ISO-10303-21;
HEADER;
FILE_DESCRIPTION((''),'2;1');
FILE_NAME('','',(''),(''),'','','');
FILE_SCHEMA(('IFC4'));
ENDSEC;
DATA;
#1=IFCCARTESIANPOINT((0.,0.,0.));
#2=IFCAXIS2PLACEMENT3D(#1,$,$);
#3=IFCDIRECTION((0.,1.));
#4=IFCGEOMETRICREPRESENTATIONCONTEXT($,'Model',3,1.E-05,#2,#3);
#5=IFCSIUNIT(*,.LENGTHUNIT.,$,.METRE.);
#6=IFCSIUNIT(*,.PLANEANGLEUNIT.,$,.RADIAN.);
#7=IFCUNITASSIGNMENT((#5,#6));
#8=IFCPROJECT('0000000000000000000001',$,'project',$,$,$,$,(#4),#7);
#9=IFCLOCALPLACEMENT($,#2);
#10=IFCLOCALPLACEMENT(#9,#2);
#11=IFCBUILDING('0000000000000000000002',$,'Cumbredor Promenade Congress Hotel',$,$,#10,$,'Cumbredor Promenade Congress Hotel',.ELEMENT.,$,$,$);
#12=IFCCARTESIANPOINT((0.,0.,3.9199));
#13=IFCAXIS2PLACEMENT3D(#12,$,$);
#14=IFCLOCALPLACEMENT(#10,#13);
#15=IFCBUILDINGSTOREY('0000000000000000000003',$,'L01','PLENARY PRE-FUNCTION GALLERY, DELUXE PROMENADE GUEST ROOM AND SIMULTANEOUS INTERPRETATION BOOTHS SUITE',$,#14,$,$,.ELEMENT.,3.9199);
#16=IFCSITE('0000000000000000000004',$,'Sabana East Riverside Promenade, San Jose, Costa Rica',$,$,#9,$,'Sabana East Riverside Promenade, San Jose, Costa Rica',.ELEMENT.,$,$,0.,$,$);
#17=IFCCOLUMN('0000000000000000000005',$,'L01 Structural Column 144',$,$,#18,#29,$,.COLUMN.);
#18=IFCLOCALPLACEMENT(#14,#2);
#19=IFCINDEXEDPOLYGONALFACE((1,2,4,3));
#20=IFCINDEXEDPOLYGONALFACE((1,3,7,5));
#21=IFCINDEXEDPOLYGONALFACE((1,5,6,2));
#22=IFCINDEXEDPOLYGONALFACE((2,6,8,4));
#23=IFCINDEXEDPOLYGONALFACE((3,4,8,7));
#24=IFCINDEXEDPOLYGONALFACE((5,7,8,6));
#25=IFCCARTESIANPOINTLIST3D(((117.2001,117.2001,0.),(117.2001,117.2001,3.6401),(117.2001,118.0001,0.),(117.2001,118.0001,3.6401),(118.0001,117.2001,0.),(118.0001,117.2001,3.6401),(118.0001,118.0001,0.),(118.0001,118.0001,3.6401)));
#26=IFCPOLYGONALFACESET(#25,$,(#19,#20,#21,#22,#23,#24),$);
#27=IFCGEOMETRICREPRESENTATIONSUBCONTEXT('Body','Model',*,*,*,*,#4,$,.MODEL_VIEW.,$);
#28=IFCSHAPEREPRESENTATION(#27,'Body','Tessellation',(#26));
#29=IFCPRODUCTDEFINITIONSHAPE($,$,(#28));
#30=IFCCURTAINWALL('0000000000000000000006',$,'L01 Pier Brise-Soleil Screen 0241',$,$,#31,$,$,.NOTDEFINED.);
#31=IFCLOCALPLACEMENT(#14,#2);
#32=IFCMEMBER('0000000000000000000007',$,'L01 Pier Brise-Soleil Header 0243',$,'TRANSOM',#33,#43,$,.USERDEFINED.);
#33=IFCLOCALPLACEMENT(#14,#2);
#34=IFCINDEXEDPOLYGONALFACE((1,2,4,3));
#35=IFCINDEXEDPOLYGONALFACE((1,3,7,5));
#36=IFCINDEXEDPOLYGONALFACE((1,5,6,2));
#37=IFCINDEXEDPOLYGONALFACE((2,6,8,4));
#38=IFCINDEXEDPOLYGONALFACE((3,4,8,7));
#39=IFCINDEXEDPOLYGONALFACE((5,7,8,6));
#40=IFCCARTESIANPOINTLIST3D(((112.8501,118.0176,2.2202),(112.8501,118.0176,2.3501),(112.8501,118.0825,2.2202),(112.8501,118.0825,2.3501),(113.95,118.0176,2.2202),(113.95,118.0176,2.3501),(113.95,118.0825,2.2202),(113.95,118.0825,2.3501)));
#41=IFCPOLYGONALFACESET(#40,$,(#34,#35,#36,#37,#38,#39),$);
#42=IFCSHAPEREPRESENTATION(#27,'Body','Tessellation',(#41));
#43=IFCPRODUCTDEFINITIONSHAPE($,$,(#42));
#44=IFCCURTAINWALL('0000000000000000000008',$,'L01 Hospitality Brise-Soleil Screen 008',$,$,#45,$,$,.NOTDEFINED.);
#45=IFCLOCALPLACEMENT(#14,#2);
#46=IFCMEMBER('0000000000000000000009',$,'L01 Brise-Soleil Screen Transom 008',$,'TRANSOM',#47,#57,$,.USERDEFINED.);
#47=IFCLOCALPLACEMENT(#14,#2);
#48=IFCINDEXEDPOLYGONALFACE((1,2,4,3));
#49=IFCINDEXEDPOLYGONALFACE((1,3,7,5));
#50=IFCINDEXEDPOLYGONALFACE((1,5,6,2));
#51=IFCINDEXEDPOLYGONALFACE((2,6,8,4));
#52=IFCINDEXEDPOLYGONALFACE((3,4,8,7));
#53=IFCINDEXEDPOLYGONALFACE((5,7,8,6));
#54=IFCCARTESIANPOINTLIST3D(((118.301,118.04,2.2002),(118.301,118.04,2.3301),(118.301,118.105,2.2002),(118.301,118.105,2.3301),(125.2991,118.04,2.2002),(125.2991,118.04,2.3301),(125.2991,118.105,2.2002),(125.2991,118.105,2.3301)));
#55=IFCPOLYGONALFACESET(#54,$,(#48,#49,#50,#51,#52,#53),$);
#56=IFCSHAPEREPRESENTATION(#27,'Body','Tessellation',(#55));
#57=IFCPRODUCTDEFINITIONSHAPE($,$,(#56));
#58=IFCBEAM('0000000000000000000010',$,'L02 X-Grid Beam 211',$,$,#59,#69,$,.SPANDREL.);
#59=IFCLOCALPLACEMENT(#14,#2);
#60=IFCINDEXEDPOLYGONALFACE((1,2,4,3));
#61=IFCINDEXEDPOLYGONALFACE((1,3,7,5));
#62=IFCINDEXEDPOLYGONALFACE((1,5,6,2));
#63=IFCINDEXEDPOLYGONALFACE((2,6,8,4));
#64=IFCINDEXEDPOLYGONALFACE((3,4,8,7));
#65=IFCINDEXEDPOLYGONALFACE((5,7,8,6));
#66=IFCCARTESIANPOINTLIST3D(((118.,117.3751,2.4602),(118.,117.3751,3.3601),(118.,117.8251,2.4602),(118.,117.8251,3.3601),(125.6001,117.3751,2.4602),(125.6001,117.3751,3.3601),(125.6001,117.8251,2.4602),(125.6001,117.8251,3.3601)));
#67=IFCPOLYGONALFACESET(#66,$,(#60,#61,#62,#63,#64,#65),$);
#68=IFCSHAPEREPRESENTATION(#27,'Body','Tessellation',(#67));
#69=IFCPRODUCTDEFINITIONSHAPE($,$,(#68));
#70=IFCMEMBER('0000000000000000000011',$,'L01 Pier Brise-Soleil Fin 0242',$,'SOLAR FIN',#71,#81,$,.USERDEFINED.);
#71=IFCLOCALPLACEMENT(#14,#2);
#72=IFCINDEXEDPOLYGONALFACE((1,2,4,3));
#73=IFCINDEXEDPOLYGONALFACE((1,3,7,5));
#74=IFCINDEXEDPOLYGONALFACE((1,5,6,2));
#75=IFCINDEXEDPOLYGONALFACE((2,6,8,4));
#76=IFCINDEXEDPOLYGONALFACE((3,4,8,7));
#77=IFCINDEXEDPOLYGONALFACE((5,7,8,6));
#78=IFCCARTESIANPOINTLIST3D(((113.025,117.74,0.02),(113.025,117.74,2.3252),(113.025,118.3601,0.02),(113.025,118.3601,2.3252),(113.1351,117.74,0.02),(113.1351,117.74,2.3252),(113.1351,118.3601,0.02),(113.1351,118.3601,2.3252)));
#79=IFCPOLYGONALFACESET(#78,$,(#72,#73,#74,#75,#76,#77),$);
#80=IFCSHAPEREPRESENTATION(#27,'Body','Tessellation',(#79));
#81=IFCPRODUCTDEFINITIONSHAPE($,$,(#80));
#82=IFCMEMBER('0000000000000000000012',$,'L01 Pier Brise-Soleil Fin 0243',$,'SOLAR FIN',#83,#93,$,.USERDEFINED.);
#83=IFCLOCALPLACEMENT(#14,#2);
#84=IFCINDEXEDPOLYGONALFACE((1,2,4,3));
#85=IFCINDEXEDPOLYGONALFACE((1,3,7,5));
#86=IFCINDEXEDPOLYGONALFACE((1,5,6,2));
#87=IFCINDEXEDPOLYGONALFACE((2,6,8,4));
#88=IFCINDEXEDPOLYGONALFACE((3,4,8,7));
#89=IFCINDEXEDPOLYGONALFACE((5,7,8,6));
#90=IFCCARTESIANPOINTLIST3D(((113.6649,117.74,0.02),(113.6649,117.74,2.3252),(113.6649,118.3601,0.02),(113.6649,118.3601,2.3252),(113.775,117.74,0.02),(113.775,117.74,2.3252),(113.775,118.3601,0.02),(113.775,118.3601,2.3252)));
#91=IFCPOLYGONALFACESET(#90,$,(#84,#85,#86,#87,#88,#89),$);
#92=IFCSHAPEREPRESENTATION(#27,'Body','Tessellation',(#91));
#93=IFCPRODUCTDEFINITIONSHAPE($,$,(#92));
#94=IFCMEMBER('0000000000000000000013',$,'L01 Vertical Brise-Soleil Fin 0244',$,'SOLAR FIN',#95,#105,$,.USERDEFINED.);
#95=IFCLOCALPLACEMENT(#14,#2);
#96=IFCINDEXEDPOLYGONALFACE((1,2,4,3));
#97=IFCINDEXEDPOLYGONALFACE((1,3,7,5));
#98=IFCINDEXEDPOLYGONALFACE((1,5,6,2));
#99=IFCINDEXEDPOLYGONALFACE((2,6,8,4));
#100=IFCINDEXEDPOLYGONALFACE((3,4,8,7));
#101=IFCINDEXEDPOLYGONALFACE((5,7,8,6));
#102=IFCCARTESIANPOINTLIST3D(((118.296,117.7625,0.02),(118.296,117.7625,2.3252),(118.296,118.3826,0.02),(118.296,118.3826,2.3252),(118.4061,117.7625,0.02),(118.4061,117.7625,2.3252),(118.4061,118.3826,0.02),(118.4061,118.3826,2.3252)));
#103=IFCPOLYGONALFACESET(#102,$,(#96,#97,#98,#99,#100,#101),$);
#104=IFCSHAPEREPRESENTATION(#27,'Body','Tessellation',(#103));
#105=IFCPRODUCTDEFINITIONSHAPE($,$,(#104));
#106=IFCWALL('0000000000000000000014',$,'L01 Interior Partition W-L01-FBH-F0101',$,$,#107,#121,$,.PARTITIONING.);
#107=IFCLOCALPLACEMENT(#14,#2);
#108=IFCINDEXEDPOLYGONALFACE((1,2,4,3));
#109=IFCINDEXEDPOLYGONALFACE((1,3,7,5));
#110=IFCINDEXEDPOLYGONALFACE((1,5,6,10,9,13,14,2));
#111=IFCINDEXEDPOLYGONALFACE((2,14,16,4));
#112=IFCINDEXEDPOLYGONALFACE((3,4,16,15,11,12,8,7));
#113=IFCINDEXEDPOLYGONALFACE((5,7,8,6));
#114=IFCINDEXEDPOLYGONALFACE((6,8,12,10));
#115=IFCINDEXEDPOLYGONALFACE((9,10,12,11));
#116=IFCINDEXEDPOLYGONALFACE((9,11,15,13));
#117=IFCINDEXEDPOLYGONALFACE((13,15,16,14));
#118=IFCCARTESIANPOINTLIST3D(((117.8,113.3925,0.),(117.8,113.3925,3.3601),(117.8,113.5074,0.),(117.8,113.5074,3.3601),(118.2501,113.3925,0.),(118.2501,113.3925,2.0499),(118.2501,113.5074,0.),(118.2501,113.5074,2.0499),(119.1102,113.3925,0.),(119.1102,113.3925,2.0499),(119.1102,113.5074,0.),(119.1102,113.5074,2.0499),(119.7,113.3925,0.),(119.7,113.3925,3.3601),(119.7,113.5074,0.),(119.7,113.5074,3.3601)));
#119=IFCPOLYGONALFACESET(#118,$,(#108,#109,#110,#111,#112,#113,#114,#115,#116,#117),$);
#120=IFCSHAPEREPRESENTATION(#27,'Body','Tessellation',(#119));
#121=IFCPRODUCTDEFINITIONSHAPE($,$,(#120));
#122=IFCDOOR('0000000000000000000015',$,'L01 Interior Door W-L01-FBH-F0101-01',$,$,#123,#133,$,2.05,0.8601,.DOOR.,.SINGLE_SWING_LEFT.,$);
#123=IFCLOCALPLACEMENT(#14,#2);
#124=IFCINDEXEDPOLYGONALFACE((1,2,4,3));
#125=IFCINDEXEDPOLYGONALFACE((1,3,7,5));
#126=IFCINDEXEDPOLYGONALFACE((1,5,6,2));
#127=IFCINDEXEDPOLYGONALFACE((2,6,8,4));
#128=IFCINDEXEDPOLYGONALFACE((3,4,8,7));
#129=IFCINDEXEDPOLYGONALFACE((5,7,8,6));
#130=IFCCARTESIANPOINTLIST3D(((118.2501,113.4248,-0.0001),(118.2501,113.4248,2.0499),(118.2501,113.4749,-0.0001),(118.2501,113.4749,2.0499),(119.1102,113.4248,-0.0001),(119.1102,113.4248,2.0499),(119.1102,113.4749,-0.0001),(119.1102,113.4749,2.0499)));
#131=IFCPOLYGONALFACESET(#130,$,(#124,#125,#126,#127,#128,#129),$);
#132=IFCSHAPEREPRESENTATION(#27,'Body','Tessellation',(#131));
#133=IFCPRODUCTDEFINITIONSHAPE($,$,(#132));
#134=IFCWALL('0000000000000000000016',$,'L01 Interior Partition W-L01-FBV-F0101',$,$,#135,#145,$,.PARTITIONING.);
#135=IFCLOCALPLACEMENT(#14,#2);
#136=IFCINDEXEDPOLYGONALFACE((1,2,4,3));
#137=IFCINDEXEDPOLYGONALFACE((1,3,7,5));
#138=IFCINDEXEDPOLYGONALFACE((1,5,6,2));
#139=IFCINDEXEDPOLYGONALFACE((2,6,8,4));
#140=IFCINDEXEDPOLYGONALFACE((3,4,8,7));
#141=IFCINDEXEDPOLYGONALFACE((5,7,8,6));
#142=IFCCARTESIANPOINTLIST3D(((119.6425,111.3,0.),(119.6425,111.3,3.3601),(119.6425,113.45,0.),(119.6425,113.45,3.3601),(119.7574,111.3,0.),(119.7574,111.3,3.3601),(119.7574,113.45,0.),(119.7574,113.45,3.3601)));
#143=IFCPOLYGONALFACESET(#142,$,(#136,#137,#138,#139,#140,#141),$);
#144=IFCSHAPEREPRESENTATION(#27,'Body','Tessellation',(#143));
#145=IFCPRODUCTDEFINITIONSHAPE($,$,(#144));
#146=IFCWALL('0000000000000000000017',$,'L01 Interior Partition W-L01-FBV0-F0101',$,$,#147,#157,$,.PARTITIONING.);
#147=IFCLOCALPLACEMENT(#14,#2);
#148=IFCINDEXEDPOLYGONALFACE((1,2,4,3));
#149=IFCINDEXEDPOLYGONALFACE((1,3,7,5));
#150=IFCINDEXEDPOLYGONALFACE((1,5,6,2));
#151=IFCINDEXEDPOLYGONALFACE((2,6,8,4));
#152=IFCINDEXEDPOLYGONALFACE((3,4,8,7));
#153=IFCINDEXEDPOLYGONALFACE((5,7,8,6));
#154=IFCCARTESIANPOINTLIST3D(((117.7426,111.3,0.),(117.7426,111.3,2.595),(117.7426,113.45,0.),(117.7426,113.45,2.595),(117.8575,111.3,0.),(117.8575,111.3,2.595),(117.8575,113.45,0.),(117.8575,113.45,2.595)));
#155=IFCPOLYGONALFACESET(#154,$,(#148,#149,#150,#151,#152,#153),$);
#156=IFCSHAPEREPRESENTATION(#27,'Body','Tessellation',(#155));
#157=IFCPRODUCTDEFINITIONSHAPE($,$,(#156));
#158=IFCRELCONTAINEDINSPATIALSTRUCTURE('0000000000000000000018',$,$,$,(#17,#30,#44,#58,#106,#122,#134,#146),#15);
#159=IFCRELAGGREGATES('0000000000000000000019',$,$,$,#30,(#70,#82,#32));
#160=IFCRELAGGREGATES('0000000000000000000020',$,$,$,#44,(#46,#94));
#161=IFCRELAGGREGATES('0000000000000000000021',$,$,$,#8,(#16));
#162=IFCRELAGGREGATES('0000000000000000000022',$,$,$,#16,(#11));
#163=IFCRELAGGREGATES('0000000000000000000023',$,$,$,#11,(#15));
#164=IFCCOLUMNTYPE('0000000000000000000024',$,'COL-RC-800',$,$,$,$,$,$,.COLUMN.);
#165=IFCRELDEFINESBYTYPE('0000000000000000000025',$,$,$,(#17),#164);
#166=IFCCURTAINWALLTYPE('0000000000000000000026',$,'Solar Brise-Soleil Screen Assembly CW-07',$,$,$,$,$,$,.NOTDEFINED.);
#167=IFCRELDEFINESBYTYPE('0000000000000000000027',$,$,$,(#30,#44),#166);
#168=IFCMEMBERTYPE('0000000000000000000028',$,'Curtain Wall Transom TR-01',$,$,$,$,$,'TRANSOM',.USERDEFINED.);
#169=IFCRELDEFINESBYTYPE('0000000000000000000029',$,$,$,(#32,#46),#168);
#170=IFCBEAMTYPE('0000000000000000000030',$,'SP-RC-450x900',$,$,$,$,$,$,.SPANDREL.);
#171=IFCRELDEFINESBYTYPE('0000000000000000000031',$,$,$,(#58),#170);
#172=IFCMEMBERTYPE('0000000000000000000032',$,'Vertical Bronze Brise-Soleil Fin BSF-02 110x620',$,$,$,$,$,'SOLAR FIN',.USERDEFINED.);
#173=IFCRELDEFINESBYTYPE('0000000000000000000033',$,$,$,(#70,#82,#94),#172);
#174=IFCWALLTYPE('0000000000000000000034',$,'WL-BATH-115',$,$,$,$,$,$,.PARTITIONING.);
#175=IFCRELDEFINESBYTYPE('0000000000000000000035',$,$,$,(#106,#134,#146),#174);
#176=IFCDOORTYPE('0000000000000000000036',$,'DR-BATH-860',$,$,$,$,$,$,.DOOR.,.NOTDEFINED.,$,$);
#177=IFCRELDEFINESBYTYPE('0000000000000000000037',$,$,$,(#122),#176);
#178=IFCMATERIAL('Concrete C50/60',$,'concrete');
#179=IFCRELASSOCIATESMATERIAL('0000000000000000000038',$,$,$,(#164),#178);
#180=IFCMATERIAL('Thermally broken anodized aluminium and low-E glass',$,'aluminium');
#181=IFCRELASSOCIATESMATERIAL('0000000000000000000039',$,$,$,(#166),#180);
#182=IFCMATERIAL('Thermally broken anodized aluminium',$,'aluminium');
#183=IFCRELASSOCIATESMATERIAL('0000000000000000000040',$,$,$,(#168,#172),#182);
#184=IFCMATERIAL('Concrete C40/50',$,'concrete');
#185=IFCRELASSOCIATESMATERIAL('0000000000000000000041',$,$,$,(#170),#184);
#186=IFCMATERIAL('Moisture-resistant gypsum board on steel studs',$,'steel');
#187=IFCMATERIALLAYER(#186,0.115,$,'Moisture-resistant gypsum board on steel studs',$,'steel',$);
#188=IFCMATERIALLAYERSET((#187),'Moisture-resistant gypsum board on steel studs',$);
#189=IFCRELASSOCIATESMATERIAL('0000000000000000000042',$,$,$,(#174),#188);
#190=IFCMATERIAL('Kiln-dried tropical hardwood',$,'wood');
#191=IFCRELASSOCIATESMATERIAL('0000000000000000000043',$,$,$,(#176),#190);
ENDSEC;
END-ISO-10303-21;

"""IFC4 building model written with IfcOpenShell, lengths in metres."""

from ifc_helpers import new_model, si_unit, direction, frame, frame_2d, origin, origin_2d, place, context, subcontext, project, spatial, rectangle, extrude, material, layer, layer_set, material_profile, profile_set, type_object, element, fill, aggregate, save


model = new_model("IFC4")

# Units and contexts
model_context = context("Model", 3, precision=1e-05, world=origin(), true_north=direction((0.0, 1.0)))
body_context = subcontext(model_context, "Body", "Model", "MODEL_VIEW")
ifc_project = project(units=[si_unit("LENGTHUNIT", "METRE"), si_unit("PLANEANGLEUNIT", "RADIAN")], contexts=[model_context])

# Site, building, storey
site_placement = place(None, origin())
site = spatial("IfcSite", under=ifc_project, at=site_placement, Name="Sabana East Riverside Promenade, San Jose, Costa Rica", LongName="Sabana East Riverside Promenade, San Jose, Costa Rica", CompositionType="ELEMENT", RefElevation=0.0)
building_placement = place(site_placement, origin())
building = spatial("IfcBuilding", under=site, at=building_placement, Name="Cumbredor Promenade Congress Hotel", LongName="Cumbredor Promenade Congress Hotel", CompositionType="ELEMENT")
storey_placement = place(building_placement, frame((0.0, 0.0, 3.9199)))
storey = spatial("IfcBuildingStorey", under=building, at=storey_placement, Name="L01", Description="PLENARY PRE-FUNCTION GALLERY, DELUXE PROMENADE GUEST ROOM AND SIMULTANEOUS INTERPRETATION BOOTHS SUITE", CompositionType="ELEMENT", Elevation=3.9199)

# Column
ifc_material_1 = material(Name="Concrete C50/60", Category="concrete")
ifc_material_profile_1 = material_profile(ifc_material_1, rectangle(XDim=0.8, YDim=0.8, at=origin_2d()), Name="RC 800x800")
ifc_profile_set_1 = profile_set([ifc_material_profile_1], Name="Concrete C50/60")
column_type = type_object("IfcColumnType", Name="COL-RC-800", PredefinedType="COLUMN", material=ifc_profile_set_1)
column_placement = place(storey_placement, frame((117.6001, 117.6001, 0.0), z_axis=(0.0, 0.0, 1.0), x_axis=(1.0, 0.0, 0.0)))
element("IfcColumn", 1, at=column_placement, inside=storey, type_object=column_type, Name="L01 Structural Column 144", PredefinedType="COLUMN", context=body_context, shape_type="SweptSolid", body=[
    extrude(rectangle(XDim=0.8, YDim=0.8, at=origin_2d()), origin(), (0.0, 0.0, 1.0), 3.6401),
])

# Curtain walls, members
ifc_material_2 = material(Name="Thermally broken anodized aluminium and low-E glass", Category="aluminium")
curtain_wall_type = type_object("IfcCurtainWallType", Name="Solar Brise-Soleil Screen Assembly CW-07", PredefinedType="NOTDEFINED", material=ifc_material_2)
curtain_wall_1_placement = place(storey_placement, origin())
curtain_wall_1 = element("IfcCurtainWall", 2, at=curtain_wall_1_placement, inside=storey, type_object=curtain_wall_type, Name="L01 Pier Brise-Soleil Screen 0241", PredefinedType="NOTDEFINED")
ifc_material_3 = material(Name="Thermally broken anodized aluminium", Category="aluminium")
ifc_material_profile_2 = material_profile(ifc_material_3, rectangle(XDim=0.0649, YDim=0.1299, at=origin_2d()), Name="ALU TRANSOM 65x130")
ifc_profile_set_2 = profile_set([ifc_material_profile_2], Name="Thermally broken anodized aluminium")
member_type_1 = type_object("IfcMemberType", Name="Curtain Wall Transom TR-01", ElementType="TRANSOM", PredefinedType="USERDEFINED", material=ifc_profile_set_2)
member_1_placement = place(storey_placement, frame((112.8501, 118.05, 2.2852), z_axis=(1.0, 0.0, 0.0), x_axis=(0.0, 1.0, 0.0)))
member_1 = element("IfcMember", 3, at=member_1_placement, type_object=member_type_1, Name="L01 Pier Brise-Soleil Header 0243", ObjectType="TRANSOM", PredefinedType="USERDEFINED", context=body_context, shape_type="SweptSolid", body=[
    extrude(rectangle(XDim=0.0649, YDim=0.1299, at=origin_2d()), origin(), (0.0, 0.0, 1.0), 1.0999),
])
curtain_wall_2_placement = place(storey_placement, origin())
curtain_wall_2 = element("IfcCurtainWall", 4, at=curtain_wall_2_placement, inside=storey, type_object=curtain_wall_type, Name="L01 Hospitality Brise-Soleil Screen 008", PredefinedType="NOTDEFINED")
member_2_placement = place(storey_placement, frame((118.301, 118.0725, 2.2651), z_axis=(1.0, 0.0, 0.0), x_axis=(0.0, 1.0, 0.0)))
member_2 = element("IfcMember", 5, at=member_2_placement, type_object=member_type_1, Name="L01 Brise-Soleil Screen Transom 008", ObjectType="TRANSOM", PredefinedType="USERDEFINED", context=body_context, shape_type="SweptSolid", body=[
    extrude(rectangle(XDim=0.0649, YDim=0.1299, at=origin_2d()), origin(), (0.0, 0.0, 1.0), 6.998),
])

# Beam
ifc_material_4 = material(Name="Concrete C40/50", Category="concrete")
ifc_material_profile_3 = material_profile(ifc_material_4, rectangle(XDim=0.45, YDim=0.8999, at=origin_2d()), Name="RC SPANDREL 450x900")
ifc_profile_set_3 = profile_set([ifc_material_profile_3], Name="Concrete C40/50")
beam_type = type_object("IfcBeamType", Name="SP-RC-450x900", PredefinedType="SPANDREL", material=ifc_profile_set_3)
beam_placement = place(storey_placement, frame((118.0, 117.6001, 2.9102), z_axis=(1.0, 0.0, 0.0), x_axis=(0.0, 1.0, 0.0)))
element("IfcBeam", 6, at=beam_placement, inside=storey, type_object=beam_type, Name="L02 X-Grid Beam 211", PredefinedType="SPANDREL", context=body_context, shape_type="SweptSolid", body=[
    extrude(rectangle(XDim=0.45, YDim=0.8999, at=origin_2d()), origin(), (0.0, 0.0, 1.0), 7.6001),
])

# Members
ifc_material_profile_4 = material_profile(ifc_material_3, rectangle(XDim=0.1101, YDim=0.6201, at=origin_2d()), Name="ARCH FIN 110x620")
ifc_profile_set_4 = profile_set([ifc_material_profile_4], Name="Thermally broken anodized aluminium")
member_type_2 = type_object("IfcMemberType", Name="Vertical Bronze Brise-Soleil Fin BSF-02 110x620", ElementType="SOLAR FIN", PredefinedType="USERDEFINED", material=ifc_profile_set_4)
member_3_placement = place(storey_placement, frame((113.0801, 118.05, 0.02), z_axis=(0.0, 0.0, 1.0), x_axis=(1.0, 0.0, 0.0)))
member_3 = element("IfcMember", 7, at=member_3_placement, type_object=member_type_2, Name="L01 Pier Brise-Soleil Fin 0242", ObjectType="SOLAR FIN", PredefinedType="USERDEFINED", context=body_context, shape_type="SweptSolid", body=[
    extrude(rectangle(XDim=0.1101, YDim=0.6201, at=origin_2d()), origin(), (0.0, 0.0, 1.0), 2.3052),
])
member_4_placement = place(storey_placement, frame((113.72, 118.05, 0.02), z_axis=(0.0, 0.0, 1.0), x_axis=(1.0, 0.0, 0.0)))
member_4 = element("IfcMember", 8, at=member_4_placement, type_object=member_type_2, Name="L01 Pier Brise-Soleil Fin 0243", ObjectType="SOLAR FIN", PredefinedType="USERDEFINED", context=body_context, shape_type="SweptSolid", body=[
    extrude(rectangle(XDim=0.1101, YDim=0.6201, at=origin_2d()), origin(), (0.0, 0.0, 1.0), 2.3052),
])
aggregate(curtain_wall_1, [member_3, member_4, member_1])
member_5_placement = place(storey_placement, frame((118.3511, 118.0725, 0.02), z_axis=(0.0, 0.0, 1.0), x_axis=(1.0, 0.0, 0.0)))
member_5 = element("IfcMember", 9, at=member_5_placement, type_object=member_type_2, Name="L01 Vertical Brise-Soleil Fin 0244", ObjectType="SOLAR FIN", PredefinedType="USERDEFINED", context=body_context, shape_type="SweptSolid", body=[
    extrude(rectangle(XDim=0.1101, YDim=0.6201, at=origin_2d()), origin(), (0.0, 0.0, 1.0), 2.3052),
])
aggregate(curtain_wall_2, [member_2, member_5])

# Wall, opening, door
ifc_material_5 = material(Name="Moisture-resistant gypsum board on steel studs", Category="steel")
ifc_layer_1 = layer(ifc_material_5, 0.115, Name="Moisture-resistant gypsum board on steel studs", Category="steel")
ifc_layer_set_1 = layer_set([ifc_layer_1], Name="Moisture-resistant gypsum board on steel studs")
wall_type_1 = type_object("IfcWallType", Name="WL-BATH-115", PredefinedType="PARTITIONING", material=ifc_layer_set_1)
wall_1_placement = place(storey_placement, frame((117.8, 113.45, 0.0), z_axis=(0.0, 0.0, 1.0), x_axis=(1.0, 0.0, 0.0)))
wall_1 = element("IfcWall", 10, at=wall_1_placement, inside=storey, type_object=wall_type_1, Name="L01 Interior Partition W-L01-FBH-F0101", PredefinedType="PARTITIONING", context=body_context, shape_type="SweptSolid", body=[
    extrude(rectangle(XDim=1.8999, YDim=0.115, at=frame_2d((0.95, 0.0))), origin(), (0.0, 0.0, 1.0), 3.3601),
])
opening_1_placement = place(wall_1_placement, frame((0.45, 0.0, 0.0)))
opening_1 = element("IfcOpeningElement", 11, at=opening_1_placement, cuts=wall_1, PredefinedType="OPENING", context=body_context, shape_type="SweptSolid", body=[
    extrude(rectangle(XDim=0.8601, YDim=2.05, at=frame_2d((0.4302, 1.0249))), frame((0.0, 0.0674, 0.0), z_axis=(0.0, -1.0, 0.0), x_axis=(1.0, 0.0, 0.0)), (0.0, 0.0, 1.0), 0.135),
])
ifc_material_6 = material(Name="Kiln-dried tropical hardwood", Category="wood")
door_type = type_object("IfcDoorType", Name="DR-BATH-860", OperationType="NOTDEFINED", PredefinedType="DOOR", material=ifc_material_6)
door_placement = place(opening_1_placement, origin())
door = element("IfcDoor", 12, at=door_placement, inside=storey, type_object=door_type, Name="L01 Interior Door W-L01-FBH-F0101-01", OperationType="SINGLE_SWING_LEFT", OverallHeight=2.05, OverallWidth=0.8601, PredefinedType="DOOR", context=body_context, shape_type="SweptSolid", body=[
    extrude(rectangle(XDim=0.8601, YDim=2.05, at=frame_2d((0.4302, 1.0249))), frame((0.0, 0.0249, 0.0), z_axis=(0.0, -1.0, 0.0), x_axis=(1.0, 0.0, 0.0)), (0.0, 0.0, 1.0), 0.05),
])
fill(opening_1, door)

# Walls
wall_2_placement = place(storey_placement, frame((119.7, 111.3, 0.0), z_axis=(0.0, 0.0, 1.0), x_axis=(0.0, 1.0, 0.0)))
element("IfcWall", 13, at=wall_2_placement, inside=storey, type_object=wall_type_1, Name="L01 Interior Partition W-L01-FBV-F0101", PredefinedType="PARTITIONING", context=body_context, shape_type="SweptSolid", body=[
    extrude(rectangle(XDim=2.1499, YDim=0.115, at=frame_2d((1.075, 0.0))), origin(), (0.0, 0.0, 1.0), 3.3601),
])
wall_3_placement = place(storey_placement, frame((117.8, 111.3, 0.0), z_axis=(0.0, 0.0, 1.0), x_axis=(0.0, 1.0, 0.0)))
element("IfcWall", 14, at=wall_3_placement, inside=storey, type_object=wall_type_1, Name="L01 Interior Partition W-L01-FBV0-F0101", PredefinedType="PARTITIONING", context=body_context, shape_type="SweptSolid", body=[
    extrude(rectangle(XDim=2.1499, YDim=0.115, at=frame_2d((1.075, 0.0))), origin(), (0.0, 0.0, 1.0), 2.595),
])

save(model, "model.ifc")
